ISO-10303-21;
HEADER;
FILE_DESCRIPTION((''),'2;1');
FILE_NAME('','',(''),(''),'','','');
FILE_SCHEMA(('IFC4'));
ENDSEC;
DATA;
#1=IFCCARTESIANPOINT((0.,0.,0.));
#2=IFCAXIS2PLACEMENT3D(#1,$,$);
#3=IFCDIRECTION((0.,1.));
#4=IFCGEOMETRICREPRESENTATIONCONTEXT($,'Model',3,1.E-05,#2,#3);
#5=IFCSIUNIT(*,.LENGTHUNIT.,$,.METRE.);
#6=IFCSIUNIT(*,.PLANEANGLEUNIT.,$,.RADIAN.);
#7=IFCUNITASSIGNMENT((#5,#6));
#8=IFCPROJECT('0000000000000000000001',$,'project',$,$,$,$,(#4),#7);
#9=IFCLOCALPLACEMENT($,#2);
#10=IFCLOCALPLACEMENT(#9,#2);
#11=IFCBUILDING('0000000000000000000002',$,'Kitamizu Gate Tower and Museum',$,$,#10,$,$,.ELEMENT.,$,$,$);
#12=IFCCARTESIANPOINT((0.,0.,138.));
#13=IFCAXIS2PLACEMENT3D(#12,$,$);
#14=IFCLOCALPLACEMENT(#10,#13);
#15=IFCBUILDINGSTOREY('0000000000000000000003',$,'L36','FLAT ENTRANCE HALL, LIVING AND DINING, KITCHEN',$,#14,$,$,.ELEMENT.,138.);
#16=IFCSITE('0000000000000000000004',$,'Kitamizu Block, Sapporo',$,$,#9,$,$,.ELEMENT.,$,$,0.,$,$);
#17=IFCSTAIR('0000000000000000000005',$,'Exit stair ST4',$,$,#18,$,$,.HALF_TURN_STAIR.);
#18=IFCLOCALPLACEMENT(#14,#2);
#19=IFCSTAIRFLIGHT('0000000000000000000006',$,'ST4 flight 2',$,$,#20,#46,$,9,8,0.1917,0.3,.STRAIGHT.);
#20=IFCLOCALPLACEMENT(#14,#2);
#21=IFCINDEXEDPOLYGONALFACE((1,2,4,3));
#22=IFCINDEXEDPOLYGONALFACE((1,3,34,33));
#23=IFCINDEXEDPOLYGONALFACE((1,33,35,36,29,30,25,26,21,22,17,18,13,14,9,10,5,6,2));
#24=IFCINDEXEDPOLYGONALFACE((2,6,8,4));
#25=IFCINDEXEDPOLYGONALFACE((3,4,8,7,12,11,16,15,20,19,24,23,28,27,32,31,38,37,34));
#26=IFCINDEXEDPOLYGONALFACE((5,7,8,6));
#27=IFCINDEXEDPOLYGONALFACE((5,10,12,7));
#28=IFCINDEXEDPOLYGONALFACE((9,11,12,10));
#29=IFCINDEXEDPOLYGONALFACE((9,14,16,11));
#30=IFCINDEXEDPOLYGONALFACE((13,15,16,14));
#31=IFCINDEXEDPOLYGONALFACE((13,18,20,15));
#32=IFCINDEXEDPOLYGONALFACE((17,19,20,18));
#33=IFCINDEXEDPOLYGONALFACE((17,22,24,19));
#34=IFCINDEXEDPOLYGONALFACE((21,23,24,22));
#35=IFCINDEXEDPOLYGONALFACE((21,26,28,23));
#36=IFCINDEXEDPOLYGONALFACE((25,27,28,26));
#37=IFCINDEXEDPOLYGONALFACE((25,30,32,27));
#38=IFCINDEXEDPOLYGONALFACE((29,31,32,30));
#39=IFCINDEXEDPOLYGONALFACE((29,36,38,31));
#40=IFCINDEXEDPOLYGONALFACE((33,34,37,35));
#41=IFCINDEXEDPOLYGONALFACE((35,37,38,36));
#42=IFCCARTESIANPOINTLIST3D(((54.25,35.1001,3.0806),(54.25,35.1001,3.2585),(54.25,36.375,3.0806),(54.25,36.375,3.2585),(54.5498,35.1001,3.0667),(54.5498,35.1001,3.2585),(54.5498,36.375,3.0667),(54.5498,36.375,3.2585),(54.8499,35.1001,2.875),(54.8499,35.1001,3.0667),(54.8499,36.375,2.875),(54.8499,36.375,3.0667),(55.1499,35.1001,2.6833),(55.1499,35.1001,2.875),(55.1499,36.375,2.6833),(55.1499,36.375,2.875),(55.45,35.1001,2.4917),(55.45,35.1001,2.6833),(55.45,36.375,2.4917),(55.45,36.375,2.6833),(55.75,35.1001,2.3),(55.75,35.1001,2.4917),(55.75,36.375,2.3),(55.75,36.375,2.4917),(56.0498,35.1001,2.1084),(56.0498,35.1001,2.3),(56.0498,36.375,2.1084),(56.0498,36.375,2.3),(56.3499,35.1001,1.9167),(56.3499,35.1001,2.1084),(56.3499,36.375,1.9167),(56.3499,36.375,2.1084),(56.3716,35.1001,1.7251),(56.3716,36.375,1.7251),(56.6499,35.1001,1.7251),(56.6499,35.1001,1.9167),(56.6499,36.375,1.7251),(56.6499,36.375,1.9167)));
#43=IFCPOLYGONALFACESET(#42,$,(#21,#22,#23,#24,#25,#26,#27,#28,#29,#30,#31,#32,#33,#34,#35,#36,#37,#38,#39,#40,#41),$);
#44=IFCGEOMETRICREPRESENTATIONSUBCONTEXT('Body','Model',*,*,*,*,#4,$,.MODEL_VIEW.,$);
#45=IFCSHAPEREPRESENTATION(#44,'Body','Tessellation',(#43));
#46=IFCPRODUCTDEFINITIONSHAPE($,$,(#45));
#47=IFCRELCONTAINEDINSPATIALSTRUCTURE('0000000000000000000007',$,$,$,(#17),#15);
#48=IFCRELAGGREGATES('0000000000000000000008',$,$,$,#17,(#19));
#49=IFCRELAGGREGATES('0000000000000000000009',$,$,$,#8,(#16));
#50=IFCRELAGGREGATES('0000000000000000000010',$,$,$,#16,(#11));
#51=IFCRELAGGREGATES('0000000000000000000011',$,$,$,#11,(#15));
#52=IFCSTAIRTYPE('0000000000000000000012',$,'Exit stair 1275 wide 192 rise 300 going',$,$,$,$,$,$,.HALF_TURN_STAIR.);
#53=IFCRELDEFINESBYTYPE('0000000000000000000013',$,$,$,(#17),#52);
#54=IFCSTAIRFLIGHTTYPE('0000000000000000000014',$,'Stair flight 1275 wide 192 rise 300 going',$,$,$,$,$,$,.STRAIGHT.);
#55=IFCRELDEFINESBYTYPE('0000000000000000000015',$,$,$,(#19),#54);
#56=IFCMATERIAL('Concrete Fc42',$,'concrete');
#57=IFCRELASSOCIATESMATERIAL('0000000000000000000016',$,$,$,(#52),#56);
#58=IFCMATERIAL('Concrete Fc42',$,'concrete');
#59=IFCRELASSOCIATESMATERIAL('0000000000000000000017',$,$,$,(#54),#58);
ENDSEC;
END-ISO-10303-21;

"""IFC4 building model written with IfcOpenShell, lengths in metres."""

from ifc_helpers import new_model, si_unit, direction, frame, origin, place, context, subcontext, project, spatial, polyline, outline, extrude, material, type_object, element, aggregate, save


model = new_model("IFC4")

# Units and contexts
model_context = context("Model", 3, precision=1e-05, world=origin(), true_north=direction((0.0, 1.0)))
body_context = subcontext(model_context, "Body", "Model", "MODEL_VIEW")
ifc_project = project(units=[si_unit("LENGTHUNIT", "METRE"), si_unit("PLANEANGLEUNIT", "RADIAN")], contexts=[model_context])

# Site, building, storey
site_placement = place(None, origin())
site = spatial("IfcSite", under=ifc_project, at=site_placement, Name="Kitamizu Block, Sapporo", CompositionType="ELEMENT", RefElevation=0.0)
building_placement = place(site_placement, origin())
building = spatial("IfcBuilding", under=site, at=building_placement, Name="Kitamizu Gate Tower and Museum", CompositionType="ELEMENT")
storey_placement = place(building_placement, frame((0.0, 0.0, 138.0)))
storey = spatial("IfcBuildingStorey", under=building, at=storey_placement, Name="L36", Description="FLAT ENTRANCE HALL, LIVING AND DINING, KITCHEN", CompositionType="ELEMENT", Elevation=138.0)

# Stair, stair flight
ifc_material_1 = material(Name="Concrete Fc42", Category="concrete")
stair_type = type_object("IfcStairType", Name="Exit stair 1275 wide 192 rise 300 going", PredefinedType="HALF_TURN_STAIR", material=ifc_material_1)
stair_placement = place(storey_placement, origin())
stair = element("IfcStair", 1, at=stair_placement, inside=storey, type_object=stair_type, Name="Exit stair ST4", PredefinedType="HALF_TURN_STAIR")
ifc_material_2 = material(Name="Concrete Fc42", Category="concrete")
stair_flight_type = type_object("IfcStairFlightType", Name="Stair flight 1275 wide 192 rise 300 going", PredefinedType="STRAIGHT", material=ifc_material_2)
stair_flight_1_placement = place(storey_placement, frame((56.6499, 35.7375, 1.7251), z_axis=(0.0, 0.0, 1.0), x_axis=(-1.0, 0.0, 0.0)))
stair_flight_1 = element("IfcStairFlight", 2, at=stair_flight_1_placement, type_object=stair_flight_type, Name="ST4 flight 2", NumberOfRisers=9, NumberOfTreads=8, PredefinedType="STRAIGHT", RiserHeight=0.1917, TreadLength=0.3, context=body_context, shape_type="SweptSolid", body=[
    extrude(outline(polyline([(0.0, 0.0), (0.0, 0.1917), (0.3, 0.1917), (0.3, 0.3833), (0.6001, 0.3833), (0.6001, 0.575), (0.8999, 0.575), (0.8999, 0.7666), (1.2, 0.7666), (1.2, 0.9583), (1.5, 0.9583), (1.5, 1.1499), (1.8, 1.1499), (1.8, 1.3416), (2.1001, 1.3416), (2.1001, 1.5334), (2.3999, 1.5334), (2.3999, 1.7251), (2.3999, 1.3555), (0.2783, 0.0), (0.0, 0.0)])), frame((0.0, 0.6375, 0.0), z_axis=(0.0, -1.0, 0.0), x_axis=(1.0, 0.0, 0.0)), (0.0, 0.0, 1.0), 1.2749),
])
aggregate(stair, [stair_flight_1])

save(model, "model.ifc")
